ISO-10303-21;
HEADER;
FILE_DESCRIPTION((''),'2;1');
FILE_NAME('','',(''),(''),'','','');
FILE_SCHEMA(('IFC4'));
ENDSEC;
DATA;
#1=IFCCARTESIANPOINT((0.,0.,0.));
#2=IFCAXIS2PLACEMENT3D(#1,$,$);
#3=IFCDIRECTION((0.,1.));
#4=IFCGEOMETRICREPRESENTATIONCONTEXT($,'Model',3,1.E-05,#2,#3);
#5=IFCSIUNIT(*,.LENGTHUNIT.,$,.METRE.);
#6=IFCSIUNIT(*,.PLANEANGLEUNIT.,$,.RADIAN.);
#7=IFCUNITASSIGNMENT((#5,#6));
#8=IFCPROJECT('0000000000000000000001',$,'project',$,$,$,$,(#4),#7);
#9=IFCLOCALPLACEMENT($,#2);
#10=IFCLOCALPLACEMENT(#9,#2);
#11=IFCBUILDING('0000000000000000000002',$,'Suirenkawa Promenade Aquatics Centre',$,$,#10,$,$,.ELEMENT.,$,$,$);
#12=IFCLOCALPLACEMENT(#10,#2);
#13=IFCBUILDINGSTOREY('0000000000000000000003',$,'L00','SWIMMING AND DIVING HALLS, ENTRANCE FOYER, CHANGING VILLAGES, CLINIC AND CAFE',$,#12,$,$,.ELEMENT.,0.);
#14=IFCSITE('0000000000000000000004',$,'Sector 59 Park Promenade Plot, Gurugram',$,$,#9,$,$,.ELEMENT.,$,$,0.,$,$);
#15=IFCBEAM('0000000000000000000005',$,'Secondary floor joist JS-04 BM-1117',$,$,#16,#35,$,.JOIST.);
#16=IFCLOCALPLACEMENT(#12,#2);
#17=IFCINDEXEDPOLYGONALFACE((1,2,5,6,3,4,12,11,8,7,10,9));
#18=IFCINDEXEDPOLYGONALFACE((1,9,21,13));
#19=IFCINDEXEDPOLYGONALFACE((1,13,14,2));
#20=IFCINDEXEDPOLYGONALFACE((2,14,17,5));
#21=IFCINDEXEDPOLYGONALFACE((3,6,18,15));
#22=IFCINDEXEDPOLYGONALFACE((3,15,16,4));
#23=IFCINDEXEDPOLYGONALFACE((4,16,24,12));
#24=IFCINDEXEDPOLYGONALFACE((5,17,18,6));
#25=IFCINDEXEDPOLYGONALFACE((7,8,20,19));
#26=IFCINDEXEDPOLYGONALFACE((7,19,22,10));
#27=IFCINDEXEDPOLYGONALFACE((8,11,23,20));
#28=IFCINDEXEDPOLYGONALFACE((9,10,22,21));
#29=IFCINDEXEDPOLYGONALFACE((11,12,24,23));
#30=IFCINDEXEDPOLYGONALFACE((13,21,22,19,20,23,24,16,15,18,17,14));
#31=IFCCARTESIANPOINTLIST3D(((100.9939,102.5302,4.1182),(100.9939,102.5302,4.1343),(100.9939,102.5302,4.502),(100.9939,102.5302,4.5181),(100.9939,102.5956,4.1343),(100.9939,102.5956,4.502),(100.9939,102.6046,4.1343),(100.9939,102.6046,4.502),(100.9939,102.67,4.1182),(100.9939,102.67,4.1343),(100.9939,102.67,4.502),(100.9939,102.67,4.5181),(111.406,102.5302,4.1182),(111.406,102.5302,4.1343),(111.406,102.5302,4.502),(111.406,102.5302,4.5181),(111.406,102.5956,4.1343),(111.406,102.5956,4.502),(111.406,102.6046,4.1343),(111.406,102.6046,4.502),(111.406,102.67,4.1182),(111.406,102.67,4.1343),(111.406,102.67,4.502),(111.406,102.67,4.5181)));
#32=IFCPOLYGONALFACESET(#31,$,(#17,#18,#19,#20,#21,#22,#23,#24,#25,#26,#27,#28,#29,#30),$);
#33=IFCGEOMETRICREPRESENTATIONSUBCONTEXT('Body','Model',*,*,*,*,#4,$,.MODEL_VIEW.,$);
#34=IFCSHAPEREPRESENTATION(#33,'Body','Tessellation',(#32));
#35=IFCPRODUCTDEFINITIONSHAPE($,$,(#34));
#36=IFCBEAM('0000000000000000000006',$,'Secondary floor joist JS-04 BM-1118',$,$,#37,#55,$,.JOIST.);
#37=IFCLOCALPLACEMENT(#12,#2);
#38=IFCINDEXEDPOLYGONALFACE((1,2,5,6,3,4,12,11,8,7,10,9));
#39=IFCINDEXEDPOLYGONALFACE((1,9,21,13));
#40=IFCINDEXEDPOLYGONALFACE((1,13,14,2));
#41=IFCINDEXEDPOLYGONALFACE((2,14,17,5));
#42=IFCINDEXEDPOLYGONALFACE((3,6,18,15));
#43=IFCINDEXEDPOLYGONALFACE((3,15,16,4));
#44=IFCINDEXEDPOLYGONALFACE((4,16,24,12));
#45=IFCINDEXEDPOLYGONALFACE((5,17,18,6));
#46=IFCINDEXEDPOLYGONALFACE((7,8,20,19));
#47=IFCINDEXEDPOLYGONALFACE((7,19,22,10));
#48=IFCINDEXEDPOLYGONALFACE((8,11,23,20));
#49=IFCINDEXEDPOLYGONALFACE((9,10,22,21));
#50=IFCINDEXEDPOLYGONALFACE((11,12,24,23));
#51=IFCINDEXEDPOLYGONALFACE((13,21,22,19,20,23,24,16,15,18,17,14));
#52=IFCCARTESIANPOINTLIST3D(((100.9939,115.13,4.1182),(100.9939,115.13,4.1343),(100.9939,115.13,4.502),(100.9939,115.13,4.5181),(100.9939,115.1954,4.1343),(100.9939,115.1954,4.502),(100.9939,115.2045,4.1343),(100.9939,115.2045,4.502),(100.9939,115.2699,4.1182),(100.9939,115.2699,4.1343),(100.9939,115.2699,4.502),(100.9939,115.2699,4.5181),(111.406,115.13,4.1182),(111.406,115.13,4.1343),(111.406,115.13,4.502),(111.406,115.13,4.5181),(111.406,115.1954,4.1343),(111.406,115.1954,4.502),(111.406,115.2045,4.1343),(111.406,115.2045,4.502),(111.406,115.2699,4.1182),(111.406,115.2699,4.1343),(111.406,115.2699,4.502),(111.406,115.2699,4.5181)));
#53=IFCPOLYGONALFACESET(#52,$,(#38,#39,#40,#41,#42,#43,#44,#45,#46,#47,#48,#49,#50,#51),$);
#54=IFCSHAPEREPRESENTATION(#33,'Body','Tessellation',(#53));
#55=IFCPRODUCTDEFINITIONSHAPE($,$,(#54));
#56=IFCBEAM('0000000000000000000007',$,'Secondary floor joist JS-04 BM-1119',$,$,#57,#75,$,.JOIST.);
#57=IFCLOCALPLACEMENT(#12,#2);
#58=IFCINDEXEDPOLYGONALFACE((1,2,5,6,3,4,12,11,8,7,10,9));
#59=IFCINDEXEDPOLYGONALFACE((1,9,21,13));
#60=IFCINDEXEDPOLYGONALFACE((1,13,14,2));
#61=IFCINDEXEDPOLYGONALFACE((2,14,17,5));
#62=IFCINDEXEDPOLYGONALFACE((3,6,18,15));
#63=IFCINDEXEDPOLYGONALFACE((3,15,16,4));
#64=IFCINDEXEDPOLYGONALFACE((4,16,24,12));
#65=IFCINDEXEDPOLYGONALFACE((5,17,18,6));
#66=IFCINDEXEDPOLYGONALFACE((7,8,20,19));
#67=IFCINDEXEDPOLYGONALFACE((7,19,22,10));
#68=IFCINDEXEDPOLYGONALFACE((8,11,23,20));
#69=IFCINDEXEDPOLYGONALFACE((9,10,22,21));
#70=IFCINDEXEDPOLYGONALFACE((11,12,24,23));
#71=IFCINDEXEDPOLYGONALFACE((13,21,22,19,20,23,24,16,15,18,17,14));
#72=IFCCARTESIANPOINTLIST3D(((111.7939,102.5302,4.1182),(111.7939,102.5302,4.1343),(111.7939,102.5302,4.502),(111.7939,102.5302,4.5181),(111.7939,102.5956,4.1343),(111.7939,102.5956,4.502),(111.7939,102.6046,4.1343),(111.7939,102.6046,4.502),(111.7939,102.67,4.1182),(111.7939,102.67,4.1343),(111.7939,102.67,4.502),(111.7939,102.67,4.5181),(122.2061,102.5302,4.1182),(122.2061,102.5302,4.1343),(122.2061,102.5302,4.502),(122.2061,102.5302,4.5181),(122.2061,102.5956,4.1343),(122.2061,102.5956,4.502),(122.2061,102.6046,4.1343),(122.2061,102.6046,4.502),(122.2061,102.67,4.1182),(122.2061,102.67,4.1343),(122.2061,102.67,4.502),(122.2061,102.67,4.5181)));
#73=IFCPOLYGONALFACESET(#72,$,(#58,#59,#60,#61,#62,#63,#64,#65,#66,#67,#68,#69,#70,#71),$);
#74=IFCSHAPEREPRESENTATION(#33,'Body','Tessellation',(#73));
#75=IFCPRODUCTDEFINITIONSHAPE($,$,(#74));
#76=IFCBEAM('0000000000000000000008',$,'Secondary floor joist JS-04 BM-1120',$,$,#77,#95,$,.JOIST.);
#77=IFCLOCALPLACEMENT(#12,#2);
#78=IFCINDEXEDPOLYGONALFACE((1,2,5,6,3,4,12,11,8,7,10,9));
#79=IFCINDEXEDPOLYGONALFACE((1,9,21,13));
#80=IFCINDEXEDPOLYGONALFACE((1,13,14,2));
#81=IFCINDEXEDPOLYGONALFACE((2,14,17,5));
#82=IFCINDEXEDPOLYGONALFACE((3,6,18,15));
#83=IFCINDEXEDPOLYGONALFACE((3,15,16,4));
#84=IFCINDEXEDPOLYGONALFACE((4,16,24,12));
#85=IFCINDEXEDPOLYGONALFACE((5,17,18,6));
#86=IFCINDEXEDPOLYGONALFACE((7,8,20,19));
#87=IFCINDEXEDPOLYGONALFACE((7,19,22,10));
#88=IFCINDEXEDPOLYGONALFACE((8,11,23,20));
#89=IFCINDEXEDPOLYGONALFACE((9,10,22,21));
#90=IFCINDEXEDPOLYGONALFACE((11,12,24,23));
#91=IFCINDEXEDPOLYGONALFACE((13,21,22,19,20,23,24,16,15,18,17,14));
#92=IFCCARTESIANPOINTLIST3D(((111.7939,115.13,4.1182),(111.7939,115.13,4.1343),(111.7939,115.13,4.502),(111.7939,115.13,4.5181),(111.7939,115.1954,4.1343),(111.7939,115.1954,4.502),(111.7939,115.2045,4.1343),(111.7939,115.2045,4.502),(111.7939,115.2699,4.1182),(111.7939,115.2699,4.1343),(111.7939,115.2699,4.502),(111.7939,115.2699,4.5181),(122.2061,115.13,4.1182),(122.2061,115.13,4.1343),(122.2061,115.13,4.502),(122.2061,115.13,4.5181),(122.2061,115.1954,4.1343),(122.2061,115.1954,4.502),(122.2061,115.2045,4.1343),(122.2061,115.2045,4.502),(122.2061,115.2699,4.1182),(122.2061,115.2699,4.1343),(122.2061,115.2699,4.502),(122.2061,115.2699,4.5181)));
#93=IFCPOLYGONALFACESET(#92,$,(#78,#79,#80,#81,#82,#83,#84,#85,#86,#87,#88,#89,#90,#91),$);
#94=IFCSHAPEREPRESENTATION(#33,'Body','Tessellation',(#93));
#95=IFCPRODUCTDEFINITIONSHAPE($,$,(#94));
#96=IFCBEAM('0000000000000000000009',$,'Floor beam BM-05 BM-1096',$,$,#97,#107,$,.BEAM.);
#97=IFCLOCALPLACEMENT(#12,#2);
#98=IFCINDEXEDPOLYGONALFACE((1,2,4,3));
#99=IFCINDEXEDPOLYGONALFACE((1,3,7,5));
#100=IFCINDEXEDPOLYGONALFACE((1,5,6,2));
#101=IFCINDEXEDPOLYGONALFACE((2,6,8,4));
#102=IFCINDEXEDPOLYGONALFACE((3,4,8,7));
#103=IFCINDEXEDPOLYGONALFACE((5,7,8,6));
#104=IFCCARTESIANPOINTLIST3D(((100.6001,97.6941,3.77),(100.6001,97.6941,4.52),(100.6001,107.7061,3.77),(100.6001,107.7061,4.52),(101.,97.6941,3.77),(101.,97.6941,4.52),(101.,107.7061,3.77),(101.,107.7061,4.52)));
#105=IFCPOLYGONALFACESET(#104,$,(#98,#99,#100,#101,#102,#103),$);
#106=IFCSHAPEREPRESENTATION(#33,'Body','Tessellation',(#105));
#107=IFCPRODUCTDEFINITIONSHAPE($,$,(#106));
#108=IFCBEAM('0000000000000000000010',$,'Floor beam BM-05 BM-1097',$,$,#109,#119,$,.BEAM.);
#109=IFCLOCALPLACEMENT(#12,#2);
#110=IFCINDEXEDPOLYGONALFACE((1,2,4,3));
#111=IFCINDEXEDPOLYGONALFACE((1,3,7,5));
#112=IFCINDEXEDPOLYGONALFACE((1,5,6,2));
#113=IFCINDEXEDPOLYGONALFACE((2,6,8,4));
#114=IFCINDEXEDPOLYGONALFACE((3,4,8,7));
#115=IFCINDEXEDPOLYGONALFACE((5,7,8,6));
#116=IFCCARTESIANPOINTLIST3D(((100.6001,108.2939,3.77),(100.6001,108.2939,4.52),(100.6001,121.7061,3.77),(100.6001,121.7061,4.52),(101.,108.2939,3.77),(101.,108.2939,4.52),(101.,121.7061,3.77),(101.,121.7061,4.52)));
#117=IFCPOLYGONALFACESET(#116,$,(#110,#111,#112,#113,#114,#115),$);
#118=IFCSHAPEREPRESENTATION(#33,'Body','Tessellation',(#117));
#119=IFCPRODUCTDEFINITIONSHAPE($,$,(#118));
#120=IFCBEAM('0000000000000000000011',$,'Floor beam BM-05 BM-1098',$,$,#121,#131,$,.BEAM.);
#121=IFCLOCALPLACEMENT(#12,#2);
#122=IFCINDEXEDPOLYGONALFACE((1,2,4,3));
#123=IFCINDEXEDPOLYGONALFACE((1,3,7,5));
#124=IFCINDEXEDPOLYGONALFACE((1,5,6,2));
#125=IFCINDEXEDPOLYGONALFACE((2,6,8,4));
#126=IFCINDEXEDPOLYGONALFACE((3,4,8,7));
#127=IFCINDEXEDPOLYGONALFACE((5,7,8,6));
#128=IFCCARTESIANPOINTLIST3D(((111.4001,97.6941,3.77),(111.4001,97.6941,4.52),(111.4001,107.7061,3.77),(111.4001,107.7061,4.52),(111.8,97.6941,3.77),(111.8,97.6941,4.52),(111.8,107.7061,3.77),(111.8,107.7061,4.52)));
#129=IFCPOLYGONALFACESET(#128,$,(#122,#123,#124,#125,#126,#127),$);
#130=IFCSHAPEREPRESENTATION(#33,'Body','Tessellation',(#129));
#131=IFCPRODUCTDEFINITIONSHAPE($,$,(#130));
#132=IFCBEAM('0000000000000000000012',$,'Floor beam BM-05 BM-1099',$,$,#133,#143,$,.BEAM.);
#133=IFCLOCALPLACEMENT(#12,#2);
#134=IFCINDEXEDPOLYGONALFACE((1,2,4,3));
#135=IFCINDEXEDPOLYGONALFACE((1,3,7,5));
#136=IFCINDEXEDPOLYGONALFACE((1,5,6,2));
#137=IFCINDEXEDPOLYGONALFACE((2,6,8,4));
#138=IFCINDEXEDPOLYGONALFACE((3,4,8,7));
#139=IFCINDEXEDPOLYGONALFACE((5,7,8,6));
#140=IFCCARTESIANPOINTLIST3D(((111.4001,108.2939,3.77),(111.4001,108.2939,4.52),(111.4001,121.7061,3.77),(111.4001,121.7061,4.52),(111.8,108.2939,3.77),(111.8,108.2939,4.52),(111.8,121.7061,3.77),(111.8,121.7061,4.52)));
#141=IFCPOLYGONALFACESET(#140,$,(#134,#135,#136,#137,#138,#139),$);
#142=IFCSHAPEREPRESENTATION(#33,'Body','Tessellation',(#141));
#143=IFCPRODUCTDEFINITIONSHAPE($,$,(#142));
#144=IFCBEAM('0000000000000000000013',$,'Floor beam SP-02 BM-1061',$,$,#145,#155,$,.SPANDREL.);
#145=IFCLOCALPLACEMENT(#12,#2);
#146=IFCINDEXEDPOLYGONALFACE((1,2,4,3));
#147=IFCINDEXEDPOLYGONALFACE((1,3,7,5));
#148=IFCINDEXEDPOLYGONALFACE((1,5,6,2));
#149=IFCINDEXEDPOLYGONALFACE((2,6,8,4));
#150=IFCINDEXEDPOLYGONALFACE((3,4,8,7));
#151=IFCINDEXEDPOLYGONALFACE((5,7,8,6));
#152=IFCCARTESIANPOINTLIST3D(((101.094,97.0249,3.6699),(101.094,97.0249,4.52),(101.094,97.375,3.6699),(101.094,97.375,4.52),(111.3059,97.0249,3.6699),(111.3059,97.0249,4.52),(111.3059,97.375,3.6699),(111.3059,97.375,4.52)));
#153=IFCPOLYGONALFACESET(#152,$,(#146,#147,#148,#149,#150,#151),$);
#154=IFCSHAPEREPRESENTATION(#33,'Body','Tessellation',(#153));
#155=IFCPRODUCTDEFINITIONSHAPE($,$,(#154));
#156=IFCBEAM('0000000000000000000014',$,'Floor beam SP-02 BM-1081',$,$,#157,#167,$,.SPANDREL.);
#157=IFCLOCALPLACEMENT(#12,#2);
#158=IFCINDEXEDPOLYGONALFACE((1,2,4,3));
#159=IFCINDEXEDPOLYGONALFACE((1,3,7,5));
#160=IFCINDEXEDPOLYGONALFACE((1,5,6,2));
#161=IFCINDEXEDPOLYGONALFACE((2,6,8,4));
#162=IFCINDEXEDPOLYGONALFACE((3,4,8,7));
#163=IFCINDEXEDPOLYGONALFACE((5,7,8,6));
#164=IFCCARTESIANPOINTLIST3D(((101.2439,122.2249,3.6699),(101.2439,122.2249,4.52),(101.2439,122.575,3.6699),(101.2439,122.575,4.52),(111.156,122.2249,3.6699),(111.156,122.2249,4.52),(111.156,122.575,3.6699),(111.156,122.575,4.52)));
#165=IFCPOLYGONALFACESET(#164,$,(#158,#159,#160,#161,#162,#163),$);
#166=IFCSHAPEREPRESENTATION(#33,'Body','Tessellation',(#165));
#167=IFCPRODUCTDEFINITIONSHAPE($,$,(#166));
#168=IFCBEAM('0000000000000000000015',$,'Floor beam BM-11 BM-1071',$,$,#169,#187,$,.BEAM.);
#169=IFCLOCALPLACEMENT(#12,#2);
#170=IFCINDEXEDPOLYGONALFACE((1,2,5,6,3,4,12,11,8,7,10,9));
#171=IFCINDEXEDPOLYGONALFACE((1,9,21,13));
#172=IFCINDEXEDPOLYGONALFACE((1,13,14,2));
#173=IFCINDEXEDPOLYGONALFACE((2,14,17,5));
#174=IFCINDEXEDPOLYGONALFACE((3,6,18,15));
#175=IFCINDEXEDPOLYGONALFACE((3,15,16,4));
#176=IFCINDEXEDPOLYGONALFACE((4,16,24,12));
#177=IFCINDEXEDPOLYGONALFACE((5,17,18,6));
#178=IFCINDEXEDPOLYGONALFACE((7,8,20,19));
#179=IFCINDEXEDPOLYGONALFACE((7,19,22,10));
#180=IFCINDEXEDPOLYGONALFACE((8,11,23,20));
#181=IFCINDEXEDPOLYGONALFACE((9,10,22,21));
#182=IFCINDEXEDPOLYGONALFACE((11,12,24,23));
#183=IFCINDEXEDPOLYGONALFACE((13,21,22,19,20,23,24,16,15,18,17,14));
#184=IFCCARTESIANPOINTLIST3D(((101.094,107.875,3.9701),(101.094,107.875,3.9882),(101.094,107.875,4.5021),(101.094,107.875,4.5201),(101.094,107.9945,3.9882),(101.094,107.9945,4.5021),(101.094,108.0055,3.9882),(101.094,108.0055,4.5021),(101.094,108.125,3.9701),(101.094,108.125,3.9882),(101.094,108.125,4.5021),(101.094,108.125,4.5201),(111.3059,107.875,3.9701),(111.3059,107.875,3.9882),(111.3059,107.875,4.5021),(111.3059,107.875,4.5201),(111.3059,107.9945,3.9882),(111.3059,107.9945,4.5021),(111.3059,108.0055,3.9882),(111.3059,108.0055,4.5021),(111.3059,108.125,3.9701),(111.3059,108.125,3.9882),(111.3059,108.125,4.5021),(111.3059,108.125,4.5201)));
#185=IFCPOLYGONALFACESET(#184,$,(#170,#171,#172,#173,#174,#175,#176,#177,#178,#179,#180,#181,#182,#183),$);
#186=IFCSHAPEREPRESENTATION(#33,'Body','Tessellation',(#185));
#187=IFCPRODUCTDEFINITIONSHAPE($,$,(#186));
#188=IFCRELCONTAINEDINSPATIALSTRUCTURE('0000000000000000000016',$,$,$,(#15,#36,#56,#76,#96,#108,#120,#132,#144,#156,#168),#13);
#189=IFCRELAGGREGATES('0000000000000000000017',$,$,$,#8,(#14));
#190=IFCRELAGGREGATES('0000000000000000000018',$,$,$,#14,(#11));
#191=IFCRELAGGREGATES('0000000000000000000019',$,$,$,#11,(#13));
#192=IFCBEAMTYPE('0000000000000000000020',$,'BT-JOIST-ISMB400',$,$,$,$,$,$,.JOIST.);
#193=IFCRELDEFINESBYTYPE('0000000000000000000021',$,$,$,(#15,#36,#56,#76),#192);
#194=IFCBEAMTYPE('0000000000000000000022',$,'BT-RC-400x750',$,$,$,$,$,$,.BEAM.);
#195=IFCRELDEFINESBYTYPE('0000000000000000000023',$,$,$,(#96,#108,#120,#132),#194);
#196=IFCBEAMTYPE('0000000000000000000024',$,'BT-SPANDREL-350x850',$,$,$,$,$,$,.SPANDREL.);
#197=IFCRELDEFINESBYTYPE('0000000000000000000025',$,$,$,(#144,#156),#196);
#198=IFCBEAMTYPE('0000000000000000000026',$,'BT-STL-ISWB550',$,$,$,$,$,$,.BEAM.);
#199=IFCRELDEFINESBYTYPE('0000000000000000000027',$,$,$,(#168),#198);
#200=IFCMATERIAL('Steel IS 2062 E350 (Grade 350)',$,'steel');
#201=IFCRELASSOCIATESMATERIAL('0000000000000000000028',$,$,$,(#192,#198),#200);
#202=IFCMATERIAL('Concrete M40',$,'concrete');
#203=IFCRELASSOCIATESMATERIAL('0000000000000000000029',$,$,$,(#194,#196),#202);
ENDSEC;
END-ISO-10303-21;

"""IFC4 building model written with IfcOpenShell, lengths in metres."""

from ifc_helpers import new_model, si_unit, direction, frame, origin, origin_2d, place, context, subcontext, project, spatial, rectangle, i_section, extrude, material, material_profile, profile_set, type_object, element, save


model = new_model("IFC4")

# Units and contexts
model_context = context("Model", 3, precision=1e-05, world=origin(), true_north=direction((0.0, 1.0)))
body_context = subcontext(model_context, "Body", "Model", "MODEL_VIEW")
ifc_project = project(units=[si_unit("LENGTHUNIT", "METRE"), si_unit("PLANEANGLEUNIT", "RADIAN")], contexts=[model_context])

# Site, building, storey
site_placement = place(None, origin())
site = spatial("IfcSite", under=ifc_project, at=site_placement, Name="Sector 59 Park Promenade Plot, Gurugram", CompositionType="ELEMENT", RefElevation=0.0)
building_placement = place(site_placement, origin())
building = spatial("IfcBuilding", under=site, at=building_placement, Name="Suirenkawa Promenade Aquatics Centre", CompositionType="ELEMENT")
storey_placement = place(building_placement, origin())
storey = spatial("IfcBuildingStorey", under=building, at=storey_placement, Name="L00", Description="SWIMMING AND DIVING HALLS, ENTRANCE FOYER, CHANGING VILLAGES, CLINIC AND CAFE", CompositionType="ELEMENT", Elevation=0.0)

# Shared definitions
ifc_material_1 = material(Name="Concrete M40", Category="concrete")

# Beams
ifc_material_2 = material(Name="Steel IS 2062 E350 (Grade 350)", Category="steel")
ifc_material_profile_1 = material_profile(ifc_material_2, i_section(OverallWidth=0.1399, OverallDepth=0.3999, WebThickness=0.009, FlangeThickness=0.0161, at=origin_2d()), Name="ISMB 400", Category="steel")
ifc_profile_set_1 = profile_set([ifc_material_profile_1], Name="Steel IS 2062 E350 (Grade 350)")
beam_type_1 = type_object("IfcBeamType", Name="BT-JOIST-ISMB400", PredefinedType="JOIST", material=ifc_profile_set_1)
for number, where, z_axis, x_axis, name in (
    (1, (100.9939, 102.6001, 4.3181), (1.0, 0.0, 0.0), (0.0, 1.0, 0.0), "Secondary floor joist JS-04 BM-1117"),
    (2, (100.9939, 115.2, 4.3181), (1.0, 0.0, 0.0), (0.0, 1.0, 0.0), "Secondary floor joist JS-04 BM-1118"),
    (3, (111.7939, 102.6001, 4.3181), (1.0, 0.0, 0.0), (0.0, 1.0, 0.0), "Secondary floor joist JS-04 BM-1119"),
    (4, (111.7939, 115.2, 4.3181), (1.0, 0.0, 0.0), (0.0, 1.0, 0.0), "Secondary floor joist JS-04 BM-1120"),
):
    element("IfcBeam", number, at=place(storey_placement, frame(where, z_axis=z_axis, x_axis=x_axis)), inside=storey, type_object=beam_type_1, Name=name, PredefinedType="JOIST", context=body_context, shape_type="SweptSolid", body=[
        extrude(i_section(OverallWidth=0.1399, OverallDepth=0.3999, WebThickness=0.009, FlangeThickness=0.0161, at=origin_2d()), origin(), (0.0, 0.0, 1.0), 10.4121),
    ])
ifc_material_profile_2 = material_profile(ifc_material_1, rectangle(XDim=0.3999, YDim=0.75, at=origin_2d()), Name="RC BM 400x750", Category="concrete")
ifc_profile_set_2 = profile_set([ifc_material_profile_2], Name="Concrete M40")
beam_type_2 = type_object("IfcBeamType", Name="BT-RC-400x750", PredefinedType="BEAM", material=ifc_profile_set_2)
beam_1_placement = place(storey_placement, frame((100.8, 97.6941, 4.145), z_axis=(0.0, 1.0, 0.0), x_axis=(-1.0, 0.0, 0.0)))
element("IfcBeam", 5, at=beam_1_placement, inside=storey, type_object=beam_type_2, Name="Floor beam BM-05 BM-1096", PredefinedType="BEAM", context=body_context, shape_type="SweptSolid", body=[
    extrude(rectangle(XDim=0.3999, YDim=0.75, at=origin_2d()), origin(), (0.0, 0.0, 1.0), 10.012),
])
beam_2_placement = place(storey_placement, frame((100.8, 108.2939, 4.145), z_axis=(0.0, 1.0, 0.0), x_axis=(-1.0, 0.0, 0.0)))
element("IfcBeam", 6, at=beam_2_placement, inside=storey, type_object=beam_type_2, Name="Floor beam BM-05 BM-1097", PredefinedType="BEAM", context=body_context, shape_type="SweptSolid", body=[
    extrude(rectangle(XDim=0.3999, YDim=0.75, at=origin_2d()), origin(), (0.0, 0.0, 1.0), 13.4121),
])
beam_3_placement = place(storey_placement, frame((111.6001, 97.6941, 4.145), z_axis=(0.0, 1.0, 0.0), x_axis=(-1.0, 0.0, 0.0)))
element("IfcBeam", 7, at=beam_3_placement, inside=storey, type_object=beam_type_2, Name="Floor beam BM-05 BM-1098", PredefinedType="BEAM", context=body_context, shape_type="SweptSolid", body=[
    extrude(rectangle(XDim=0.3999, YDim=0.75, at=origin_2d()), origin(), (0.0, 0.0, 1.0), 10.012),
])
beam_4_placement = place(storey_placement, frame((111.6001, 108.2939, 4.145), z_axis=(0.0, 1.0, 0.0), x_axis=(-1.0, 0.0, 0.0)))
element("IfcBeam", 8, at=beam_4_placement, inside=storey, type_object=beam_type_2, Name="Floor beam BM-05 BM-1099", PredefinedType="BEAM", context=body_context, shape_type="SweptSolid", body=[
    extrude(rectangle(XDim=0.3999, YDim=0.75, at=origin_2d()), origin(), (0.0, 0.0, 1.0), 13.4121),
])
ifc_material_profile_3 = material_profile(ifc_material_1, rectangle(XDim=0.3501, YDim=0.8501, at=origin_2d()), Name="RC SPANDREL 350x850", Category="concrete")
ifc_profile_set_3 = profile_set([ifc_material_profile_3], Name="Concrete M40")
beam_type_3 = type_object("IfcBeamType", Name="BT-SPANDREL-350x850", PredefinedType="SPANDREL", material=ifc_profile_set_3)
beam_5_placement = place(storey_placement, frame((101.094, 97.2, 4.095), z_axis=(1.0, 0.0, 0.0), x_axis=(0.0, 1.0, 0.0)))
element("IfcBeam", 9, at=beam_5_placement, inside=storey, type_object=beam_type_3, Name="Floor beam SP-02 BM-1061", PredefinedType="SPANDREL", context=body_context, shape_type="SweptSolid", body=[
    extrude(rectangle(XDim=0.3501, YDim=0.8501, at=origin_2d()), origin(), (0.0, 0.0, 1.0), 10.2119),
])
beam_6_placement = place(storey_placement, frame((101.2439, 122.3999, 4.095), z_axis=(1.0, 0.0, 0.0), x_axis=(0.0, 1.0, 0.0)))
element("IfcBeam", 10, at=beam_6_placement, inside=storey, type_object=beam_type_3, Name="Floor beam SP-02 BM-1081", PredefinedType="SPANDREL", context=body_context, shape_type="SweptSolid", body=[
    extrude(rectangle(XDim=0.3501, YDim=0.8501, at=origin_2d()), origin(), (0.0, 0.0, 1.0), 9.9121),
])
ifc_material_profile_4 = material_profile(ifc_material_2, i_section(OverallWidth=0.25, OverallDepth=0.55, WebThickness=0.011, FlangeThickness=0.0181, at=origin_2d()), Name="ISWB 550", Category="steel")
ifc_profile_set_4 = profile_set([ifc_material_profile_4], Name="Steel IS 2062 E350 (Grade 350)")
beam_type_4 = type_object("IfcBeamType", Name="BT-STL-ISWB550", PredefinedType="BEAM", material=ifc_profile_set_4)
beam_7_placement = place(storey_placement, frame((101.094, 108.0, 4.2451), z_axis=(1.0, 0.0, 0.0), x_axis=(0.0, 1.0, 0.0)))
element("IfcBeam", 11, at=beam_7_placement, inside=storey, type_object=beam_type_4, Name="Floor beam BM-11 BM-1071", PredefinedType="BEAM", context=body_context, shape_type="SweptSolid", body=[
    extrude(i_section(OverallWidth=0.25, OverallDepth=0.55, WebThickness=0.011, FlangeThickness=0.0181, at=origin_2d()), origin(), (0.0, 0.0, 1.0), 10.2119),
])

save(model, "model.ifc")
